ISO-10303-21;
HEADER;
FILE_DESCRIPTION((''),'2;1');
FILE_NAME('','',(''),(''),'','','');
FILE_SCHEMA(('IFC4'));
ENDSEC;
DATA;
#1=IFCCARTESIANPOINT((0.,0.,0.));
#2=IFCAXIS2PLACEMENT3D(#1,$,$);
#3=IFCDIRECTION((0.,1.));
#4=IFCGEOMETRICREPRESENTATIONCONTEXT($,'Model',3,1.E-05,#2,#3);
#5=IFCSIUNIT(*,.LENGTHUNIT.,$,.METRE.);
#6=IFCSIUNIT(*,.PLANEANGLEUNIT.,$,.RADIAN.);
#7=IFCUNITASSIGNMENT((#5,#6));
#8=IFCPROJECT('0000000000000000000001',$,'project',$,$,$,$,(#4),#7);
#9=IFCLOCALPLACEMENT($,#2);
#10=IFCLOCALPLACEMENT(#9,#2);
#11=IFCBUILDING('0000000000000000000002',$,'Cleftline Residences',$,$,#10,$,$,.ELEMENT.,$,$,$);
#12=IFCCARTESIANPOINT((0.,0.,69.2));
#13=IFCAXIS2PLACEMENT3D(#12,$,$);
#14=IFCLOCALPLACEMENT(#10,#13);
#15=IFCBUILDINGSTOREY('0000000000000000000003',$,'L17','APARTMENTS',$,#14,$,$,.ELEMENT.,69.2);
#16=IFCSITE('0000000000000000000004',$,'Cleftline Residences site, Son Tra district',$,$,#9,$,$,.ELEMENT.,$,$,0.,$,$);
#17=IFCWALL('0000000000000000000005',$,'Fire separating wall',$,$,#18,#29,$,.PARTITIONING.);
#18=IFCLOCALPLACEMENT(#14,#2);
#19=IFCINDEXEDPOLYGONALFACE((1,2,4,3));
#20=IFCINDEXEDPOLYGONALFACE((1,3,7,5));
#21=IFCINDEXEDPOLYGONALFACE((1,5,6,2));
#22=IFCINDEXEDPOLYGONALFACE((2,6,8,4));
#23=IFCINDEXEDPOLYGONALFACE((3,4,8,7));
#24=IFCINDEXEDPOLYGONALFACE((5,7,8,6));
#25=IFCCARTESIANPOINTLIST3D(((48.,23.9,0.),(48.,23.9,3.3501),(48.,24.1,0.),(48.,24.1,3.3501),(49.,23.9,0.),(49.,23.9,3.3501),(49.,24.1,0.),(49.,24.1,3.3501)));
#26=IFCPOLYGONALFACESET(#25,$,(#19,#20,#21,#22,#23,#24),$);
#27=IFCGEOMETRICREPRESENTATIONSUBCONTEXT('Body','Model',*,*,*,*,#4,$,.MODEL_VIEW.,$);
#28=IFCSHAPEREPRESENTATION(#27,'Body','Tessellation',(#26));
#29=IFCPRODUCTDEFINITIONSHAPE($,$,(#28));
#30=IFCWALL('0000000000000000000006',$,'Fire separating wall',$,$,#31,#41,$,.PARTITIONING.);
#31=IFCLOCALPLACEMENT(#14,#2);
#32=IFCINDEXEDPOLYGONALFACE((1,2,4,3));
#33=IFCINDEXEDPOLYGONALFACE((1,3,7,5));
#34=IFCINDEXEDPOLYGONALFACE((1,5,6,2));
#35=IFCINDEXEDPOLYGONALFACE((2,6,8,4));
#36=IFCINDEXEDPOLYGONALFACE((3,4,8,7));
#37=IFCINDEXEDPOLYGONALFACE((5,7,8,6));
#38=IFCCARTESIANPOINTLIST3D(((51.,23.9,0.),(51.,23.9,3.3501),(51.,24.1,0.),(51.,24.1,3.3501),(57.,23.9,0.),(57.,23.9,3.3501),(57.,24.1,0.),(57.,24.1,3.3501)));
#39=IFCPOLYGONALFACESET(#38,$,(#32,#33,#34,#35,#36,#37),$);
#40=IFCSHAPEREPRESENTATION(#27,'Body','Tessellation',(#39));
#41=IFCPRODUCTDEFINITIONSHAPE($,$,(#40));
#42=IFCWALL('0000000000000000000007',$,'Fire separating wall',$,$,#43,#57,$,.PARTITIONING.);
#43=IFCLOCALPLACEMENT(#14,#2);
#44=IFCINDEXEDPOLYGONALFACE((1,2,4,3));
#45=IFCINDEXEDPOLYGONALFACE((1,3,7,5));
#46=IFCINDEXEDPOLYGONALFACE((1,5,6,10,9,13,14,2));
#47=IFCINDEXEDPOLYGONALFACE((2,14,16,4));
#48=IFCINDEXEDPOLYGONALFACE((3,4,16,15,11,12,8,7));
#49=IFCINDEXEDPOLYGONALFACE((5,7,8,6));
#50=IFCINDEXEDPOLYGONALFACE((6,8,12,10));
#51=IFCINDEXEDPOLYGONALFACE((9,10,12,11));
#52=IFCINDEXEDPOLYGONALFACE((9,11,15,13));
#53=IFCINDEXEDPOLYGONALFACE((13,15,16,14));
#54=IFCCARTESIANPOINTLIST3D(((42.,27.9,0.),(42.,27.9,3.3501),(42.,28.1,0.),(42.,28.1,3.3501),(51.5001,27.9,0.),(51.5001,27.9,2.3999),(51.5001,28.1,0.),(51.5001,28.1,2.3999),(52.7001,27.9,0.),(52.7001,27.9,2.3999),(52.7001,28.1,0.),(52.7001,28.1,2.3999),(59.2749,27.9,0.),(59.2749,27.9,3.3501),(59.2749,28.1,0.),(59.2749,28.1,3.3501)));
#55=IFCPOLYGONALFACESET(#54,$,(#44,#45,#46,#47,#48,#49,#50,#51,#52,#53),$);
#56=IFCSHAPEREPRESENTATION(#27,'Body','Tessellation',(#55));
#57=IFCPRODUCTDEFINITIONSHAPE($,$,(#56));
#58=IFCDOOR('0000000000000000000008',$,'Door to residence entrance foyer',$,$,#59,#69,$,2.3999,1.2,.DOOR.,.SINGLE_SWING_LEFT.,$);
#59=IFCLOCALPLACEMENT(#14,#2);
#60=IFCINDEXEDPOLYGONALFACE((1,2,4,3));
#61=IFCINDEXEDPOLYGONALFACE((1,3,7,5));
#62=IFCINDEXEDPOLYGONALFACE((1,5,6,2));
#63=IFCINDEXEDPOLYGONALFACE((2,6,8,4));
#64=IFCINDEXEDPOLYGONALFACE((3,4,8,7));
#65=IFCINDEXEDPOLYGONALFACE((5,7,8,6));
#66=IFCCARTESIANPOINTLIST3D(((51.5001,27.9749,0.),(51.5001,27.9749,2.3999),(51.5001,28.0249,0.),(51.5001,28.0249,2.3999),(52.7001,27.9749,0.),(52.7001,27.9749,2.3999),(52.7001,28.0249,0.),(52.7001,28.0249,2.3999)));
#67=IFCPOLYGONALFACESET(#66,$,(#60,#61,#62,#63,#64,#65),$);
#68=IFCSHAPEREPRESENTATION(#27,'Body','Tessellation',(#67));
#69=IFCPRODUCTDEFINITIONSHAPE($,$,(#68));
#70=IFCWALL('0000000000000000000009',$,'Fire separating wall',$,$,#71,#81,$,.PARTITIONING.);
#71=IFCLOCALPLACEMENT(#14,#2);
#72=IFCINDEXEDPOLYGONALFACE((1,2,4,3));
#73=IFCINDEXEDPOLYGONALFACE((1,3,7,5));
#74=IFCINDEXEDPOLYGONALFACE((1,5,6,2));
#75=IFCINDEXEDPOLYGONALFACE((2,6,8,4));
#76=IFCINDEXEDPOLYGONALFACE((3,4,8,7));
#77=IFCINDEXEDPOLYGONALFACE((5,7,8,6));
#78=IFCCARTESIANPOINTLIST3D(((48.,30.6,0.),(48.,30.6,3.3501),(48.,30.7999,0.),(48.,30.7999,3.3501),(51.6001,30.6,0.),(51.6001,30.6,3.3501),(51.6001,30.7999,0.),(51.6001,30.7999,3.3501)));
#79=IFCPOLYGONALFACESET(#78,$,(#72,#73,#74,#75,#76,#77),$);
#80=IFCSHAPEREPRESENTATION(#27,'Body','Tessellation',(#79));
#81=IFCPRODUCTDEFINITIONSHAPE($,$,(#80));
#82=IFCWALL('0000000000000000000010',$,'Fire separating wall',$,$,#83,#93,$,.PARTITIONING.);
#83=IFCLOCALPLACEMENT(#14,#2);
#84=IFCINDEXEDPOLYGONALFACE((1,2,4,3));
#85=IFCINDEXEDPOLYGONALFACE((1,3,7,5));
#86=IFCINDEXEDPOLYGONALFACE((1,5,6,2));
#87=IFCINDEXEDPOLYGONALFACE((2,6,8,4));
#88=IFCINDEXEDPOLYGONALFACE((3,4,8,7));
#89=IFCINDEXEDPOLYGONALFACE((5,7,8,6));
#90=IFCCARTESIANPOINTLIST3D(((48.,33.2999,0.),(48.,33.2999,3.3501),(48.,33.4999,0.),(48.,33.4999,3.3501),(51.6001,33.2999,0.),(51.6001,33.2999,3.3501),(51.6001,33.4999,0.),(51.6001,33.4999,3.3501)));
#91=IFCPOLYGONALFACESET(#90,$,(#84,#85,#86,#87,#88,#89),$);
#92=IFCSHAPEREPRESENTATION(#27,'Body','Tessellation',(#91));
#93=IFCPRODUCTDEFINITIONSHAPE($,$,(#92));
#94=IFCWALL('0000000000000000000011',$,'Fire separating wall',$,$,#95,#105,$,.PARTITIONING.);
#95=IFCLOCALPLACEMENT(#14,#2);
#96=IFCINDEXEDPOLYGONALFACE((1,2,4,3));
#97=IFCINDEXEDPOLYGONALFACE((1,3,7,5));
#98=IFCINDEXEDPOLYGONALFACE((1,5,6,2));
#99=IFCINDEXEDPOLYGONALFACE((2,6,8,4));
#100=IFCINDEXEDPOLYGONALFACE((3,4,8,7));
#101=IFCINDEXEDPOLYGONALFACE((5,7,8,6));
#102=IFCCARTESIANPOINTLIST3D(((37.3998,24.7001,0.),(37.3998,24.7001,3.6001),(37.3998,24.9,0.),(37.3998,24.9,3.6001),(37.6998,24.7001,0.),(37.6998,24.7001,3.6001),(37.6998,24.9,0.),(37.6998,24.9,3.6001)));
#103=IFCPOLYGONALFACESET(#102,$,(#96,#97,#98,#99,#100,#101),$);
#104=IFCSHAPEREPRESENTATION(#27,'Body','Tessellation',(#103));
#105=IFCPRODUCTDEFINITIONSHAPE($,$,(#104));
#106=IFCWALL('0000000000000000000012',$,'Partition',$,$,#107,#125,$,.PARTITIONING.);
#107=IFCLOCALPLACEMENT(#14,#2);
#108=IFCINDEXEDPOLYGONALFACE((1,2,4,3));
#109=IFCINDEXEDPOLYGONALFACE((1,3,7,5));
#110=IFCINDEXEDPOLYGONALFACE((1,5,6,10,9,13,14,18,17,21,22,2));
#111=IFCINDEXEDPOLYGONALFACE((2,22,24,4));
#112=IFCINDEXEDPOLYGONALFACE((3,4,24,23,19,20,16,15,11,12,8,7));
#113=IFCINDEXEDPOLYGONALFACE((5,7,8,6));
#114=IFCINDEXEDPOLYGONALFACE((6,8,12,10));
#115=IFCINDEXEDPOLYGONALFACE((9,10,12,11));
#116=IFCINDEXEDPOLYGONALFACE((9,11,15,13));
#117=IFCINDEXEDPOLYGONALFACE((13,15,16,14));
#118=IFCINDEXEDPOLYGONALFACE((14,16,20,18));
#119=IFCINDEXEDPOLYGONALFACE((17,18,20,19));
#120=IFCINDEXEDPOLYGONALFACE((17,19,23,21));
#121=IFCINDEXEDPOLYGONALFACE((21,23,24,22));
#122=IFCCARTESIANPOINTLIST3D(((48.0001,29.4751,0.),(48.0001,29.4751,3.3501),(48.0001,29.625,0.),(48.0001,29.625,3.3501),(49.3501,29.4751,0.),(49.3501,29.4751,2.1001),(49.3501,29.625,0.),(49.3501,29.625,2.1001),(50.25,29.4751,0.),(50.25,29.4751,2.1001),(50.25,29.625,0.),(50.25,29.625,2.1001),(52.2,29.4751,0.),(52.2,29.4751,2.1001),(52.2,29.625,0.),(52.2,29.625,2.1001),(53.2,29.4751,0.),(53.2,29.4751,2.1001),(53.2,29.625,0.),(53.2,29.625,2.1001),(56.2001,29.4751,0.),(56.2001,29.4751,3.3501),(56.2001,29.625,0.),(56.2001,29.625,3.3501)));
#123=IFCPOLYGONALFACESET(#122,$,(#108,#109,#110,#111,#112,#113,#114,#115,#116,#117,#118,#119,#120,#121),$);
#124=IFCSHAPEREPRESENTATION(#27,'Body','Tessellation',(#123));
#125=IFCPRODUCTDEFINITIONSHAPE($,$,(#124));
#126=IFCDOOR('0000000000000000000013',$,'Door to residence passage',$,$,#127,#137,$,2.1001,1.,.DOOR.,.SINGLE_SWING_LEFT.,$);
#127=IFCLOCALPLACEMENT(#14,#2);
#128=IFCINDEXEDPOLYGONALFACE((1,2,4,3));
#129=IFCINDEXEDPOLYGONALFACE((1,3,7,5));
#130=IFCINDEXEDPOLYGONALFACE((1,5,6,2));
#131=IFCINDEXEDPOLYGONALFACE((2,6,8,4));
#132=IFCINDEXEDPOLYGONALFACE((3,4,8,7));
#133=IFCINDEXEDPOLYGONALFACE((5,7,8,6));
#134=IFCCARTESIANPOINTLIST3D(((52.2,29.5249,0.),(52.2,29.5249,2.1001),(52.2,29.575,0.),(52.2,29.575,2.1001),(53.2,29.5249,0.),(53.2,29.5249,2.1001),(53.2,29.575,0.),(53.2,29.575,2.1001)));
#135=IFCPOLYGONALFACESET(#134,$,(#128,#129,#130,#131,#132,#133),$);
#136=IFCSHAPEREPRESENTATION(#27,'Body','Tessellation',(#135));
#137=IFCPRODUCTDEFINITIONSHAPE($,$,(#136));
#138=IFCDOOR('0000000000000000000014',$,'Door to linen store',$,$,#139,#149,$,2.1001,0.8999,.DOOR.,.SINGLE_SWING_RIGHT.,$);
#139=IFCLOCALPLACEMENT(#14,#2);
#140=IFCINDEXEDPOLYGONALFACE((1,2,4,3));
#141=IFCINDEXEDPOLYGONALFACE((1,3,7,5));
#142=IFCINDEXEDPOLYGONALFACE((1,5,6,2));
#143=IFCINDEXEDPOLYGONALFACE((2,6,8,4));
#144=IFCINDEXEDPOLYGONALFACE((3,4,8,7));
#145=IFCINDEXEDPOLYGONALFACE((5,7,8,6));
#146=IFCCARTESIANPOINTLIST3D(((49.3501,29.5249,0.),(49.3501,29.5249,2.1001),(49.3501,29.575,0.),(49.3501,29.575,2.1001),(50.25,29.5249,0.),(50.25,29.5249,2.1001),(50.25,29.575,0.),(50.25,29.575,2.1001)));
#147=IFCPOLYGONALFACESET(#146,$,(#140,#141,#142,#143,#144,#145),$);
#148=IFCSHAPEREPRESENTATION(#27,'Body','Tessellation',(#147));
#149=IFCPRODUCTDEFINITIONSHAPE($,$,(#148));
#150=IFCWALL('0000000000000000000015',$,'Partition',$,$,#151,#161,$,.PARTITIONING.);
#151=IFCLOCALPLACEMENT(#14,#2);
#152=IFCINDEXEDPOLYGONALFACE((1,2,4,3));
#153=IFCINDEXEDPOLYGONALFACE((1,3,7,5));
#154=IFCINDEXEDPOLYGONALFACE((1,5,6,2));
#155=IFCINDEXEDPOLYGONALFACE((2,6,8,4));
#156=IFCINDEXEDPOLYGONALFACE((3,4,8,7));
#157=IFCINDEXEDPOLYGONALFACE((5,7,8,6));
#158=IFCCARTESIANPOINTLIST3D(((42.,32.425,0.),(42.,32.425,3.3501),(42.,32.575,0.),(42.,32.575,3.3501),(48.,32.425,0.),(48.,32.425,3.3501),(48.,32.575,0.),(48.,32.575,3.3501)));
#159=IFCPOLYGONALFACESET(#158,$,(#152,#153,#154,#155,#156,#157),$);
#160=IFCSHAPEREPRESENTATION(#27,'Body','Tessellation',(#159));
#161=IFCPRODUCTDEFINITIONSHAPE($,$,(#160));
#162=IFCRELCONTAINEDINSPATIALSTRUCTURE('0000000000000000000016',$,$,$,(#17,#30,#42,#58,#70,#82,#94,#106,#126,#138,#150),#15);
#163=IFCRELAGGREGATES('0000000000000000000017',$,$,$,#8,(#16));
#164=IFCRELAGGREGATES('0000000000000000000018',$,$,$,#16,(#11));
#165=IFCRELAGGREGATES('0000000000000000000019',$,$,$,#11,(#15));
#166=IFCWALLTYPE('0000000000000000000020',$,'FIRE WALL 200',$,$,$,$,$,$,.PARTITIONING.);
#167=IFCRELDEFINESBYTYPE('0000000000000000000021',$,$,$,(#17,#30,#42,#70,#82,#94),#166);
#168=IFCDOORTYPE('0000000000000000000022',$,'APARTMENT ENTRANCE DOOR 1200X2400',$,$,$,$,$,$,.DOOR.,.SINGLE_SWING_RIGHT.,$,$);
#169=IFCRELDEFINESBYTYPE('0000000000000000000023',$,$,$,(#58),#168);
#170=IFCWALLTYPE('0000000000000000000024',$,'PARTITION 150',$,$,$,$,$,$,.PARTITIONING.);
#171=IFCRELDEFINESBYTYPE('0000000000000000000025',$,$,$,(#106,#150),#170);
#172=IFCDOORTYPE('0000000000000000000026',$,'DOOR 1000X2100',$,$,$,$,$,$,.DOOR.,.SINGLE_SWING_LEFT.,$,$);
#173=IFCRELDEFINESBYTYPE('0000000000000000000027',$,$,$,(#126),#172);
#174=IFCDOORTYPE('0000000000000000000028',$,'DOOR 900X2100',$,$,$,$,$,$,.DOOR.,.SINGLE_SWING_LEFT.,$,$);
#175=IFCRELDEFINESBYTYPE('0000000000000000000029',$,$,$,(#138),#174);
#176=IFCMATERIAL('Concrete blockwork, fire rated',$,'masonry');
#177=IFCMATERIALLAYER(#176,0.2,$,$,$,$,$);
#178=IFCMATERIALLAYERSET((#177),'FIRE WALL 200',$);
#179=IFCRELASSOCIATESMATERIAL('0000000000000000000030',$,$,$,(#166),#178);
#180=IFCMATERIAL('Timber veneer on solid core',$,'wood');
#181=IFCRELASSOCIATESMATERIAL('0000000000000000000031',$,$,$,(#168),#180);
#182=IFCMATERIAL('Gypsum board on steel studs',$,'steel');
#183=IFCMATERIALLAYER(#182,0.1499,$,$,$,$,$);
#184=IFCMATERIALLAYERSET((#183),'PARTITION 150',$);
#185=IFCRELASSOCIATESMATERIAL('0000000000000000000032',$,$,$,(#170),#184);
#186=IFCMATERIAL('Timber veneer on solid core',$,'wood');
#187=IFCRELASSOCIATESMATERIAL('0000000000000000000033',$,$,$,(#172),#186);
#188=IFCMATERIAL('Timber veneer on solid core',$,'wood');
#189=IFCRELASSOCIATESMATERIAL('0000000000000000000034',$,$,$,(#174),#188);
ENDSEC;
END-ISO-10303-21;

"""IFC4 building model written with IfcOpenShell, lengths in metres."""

from ifc_helpers import new_model, si_unit, direction, frame, frame_2d, origin, place, context, subcontext, project, spatial, rectangle, extrude, material, layer, layer_set, type_object, element, fill, save


model = new_model("IFC4")

# Units and contexts
model_context = context("Model", 3, precision=1e-05, world=origin(), true_north=direction((0.0, 1.0)))
body_context = subcontext(model_context, "Body", "Model", "MODEL_VIEW")
ifc_project = project(units=[si_unit("LENGTHUNIT", "METRE"), si_unit("PLANEANGLEUNIT", "RADIAN")], contexts=[model_context])

# Site, building, storey
site_placement = place(None, origin())
site = spatial("IfcSite", under=ifc_project, at=site_placement, Name="Cleftline Residences site, Son Tra district", CompositionType="ELEMENT", RefElevation=0.0)
building_placement = place(site_placement, origin())
building = spatial("IfcBuilding", under=site, at=building_placement, Name="Cleftline Residences", CompositionType="ELEMENT")
storey_placement = place(building_placement, frame((0.0, 0.0, 69.2)))
storey = spatial("IfcBuildingStorey", under=building, at=storey_placement, Name="L17", Description="APARTMENTS", CompositionType="ELEMENT", Elevation=69.2)

# Walls
ifc_material_1 = material(Name="Concrete blockwork, fire rated", Category="masonry")
ifc_layer_1 = layer(ifc_material_1, 0.2)
ifc_layer_set_1 = layer_set([ifc_layer_1], Name="FIRE WALL 200")
wall_type_1 = type_object("IfcWallType", Name="FIRE WALL 200", PredefinedType="PARTITIONING", material=ifc_layer_set_1)
wall_1_placement = place(storey_placement, frame((48.0, 24.0, 0.0), z_axis=(0.0, 0.0, 1.0), x_axis=(1.0, 0.0, 0.0)))
element("IfcWall", 1, at=wall_1_placement, inside=storey, type_object=wall_type_1, Name="Fire separating wall", PredefinedType="PARTITIONING", context=body_context, shape_type="SweptSolid", body=[
    extrude(rectangle(XDim=1.0, YDim=0.2, at=frame_2d((0.5, 0.0))), origin(), (0.0, 0.0, 1.0), 3.3501),
])
wall_2_placement = place(storey_placement, frame((51.0, 24.0, 0.0), z_axis=(0.0, 0.0, 1.0), x_axis=(1.0, 0.0, 0.0)))
element("IfcWall", 2, at=wall_2_placement, inside=storey, type_object=wall_type_1, Name="Fire separating wall", PredefinedType="PARTITIONING", context=body_context, shape_type="SweptSolid", body=[
    extrude(rectangle(XDim=6.0, YDim=0.2, at=frame_2d((3.0, 0.0))), origin(), (0.0, 0.0, 1.0), 3.3501),
])

# Wall, opening, door
wall_3_placement = place(storey_placement, frame((42.0, 28.0, 0.0), z_axis=(0.0, 0.0, 1.0), x_axis=(1.0, 0.0, 0.0)))
wall_3 = element("IfcWall", 3, at=wall_3_placement, inside=storey, type_object=wall_type_1, Name="Fire separating wall", PredefinedType="PARTITIONING", context=body_context, shape_type="SweptSolid", body=[
    extrude(rectangle(XDim=17.2749, YDim=0.2, at=frame_2d((8.6375, 0.0))), origin(), (0.0, 0.0, 1.0), 3.3501),
])
opening_1_placement = place(wall_3_placement, frame((9.5, 0.0, 0.0)))
opening_1 = element("IfcOpeningElement", 4, at=opening_1_placement, cuts=wall_3, PredefinedType="OPENING", context=body_context, shape_type="SweptSolid", body=[
    extrude(rectangle(XDim=1.2, YDim=2.3999, at=frame_2d((0.6001, 1.2))), frame((0.0, 0.1099, 0.0), z_axis=(0.0, -1.0, 0.0), x_axis=(1.0, 0.0, 0.0)), (0.0, 0.0, 1.0), 0.22),
])
ifc_material_2 = material(Name="Timber veneer on solid core", Category="wood")
door_type_1 = type_object("IfcDoorType", Name="APARTMENT ENTRANCE DOOR 1200X2400", OperationType="SINGLE_SWING_RIGHT", PredefinedType="DOOR", material=ifc_material_2)
door_1_placement = place(opening_1_placement, origin())
door_1 = element("IfcDoor", 5, at=door_1_placement, inside=storey, type_object=door_type_1, Name="Door to residence entrance foyer", OperationType="SINGLE_SWING_LEFT", OverallHeight=2.3999, OverallWidth=1.2, PredefinedType="DOOR", context=body_context, shape_type="SweptSolid", body=[
    extrude(rectangle(XDim=1.2, YDim=2.3999, at=frame_2d((0.6001, 1.2))), frame((0.0, 0.0249, 0.0), z_axis=(0.0, -1.0, 0.0), x_axis=(1.0, 0.0, 0.0)), (0.0, 0.0, 1.0), 0.05),
])
fill(opening_1, door_1)

# Walls
for number, where, z_axis, x_axis, name in (
    (6, (48.0, 30.7, 0.0), (0.0, 0.0, 1.0), (1.0, 0.0, 0.0), "Fire separating wall"),
    (7, (48.0, 33.3999, 0.0), (0.0, 0.0, 1.0), (1.0, 0.0, 0.0), "Fire separating wall"),
):
    element("IfcWall", number, at=place(storey_placement, frame(where, z_axis=z_axis, x_axis=x_axis)), inside=storey, type_object=wall_type_1, Name=name, PredefinedType="PARTITIONING", context=body_context, shape_type="SweptSolid", body=[
        extrude(rectangle(XDim=3.6001, YDim=0.2, at=frame_2d((1.8, 0.0))), origin(), (0.0, 0.0, 1.0), 3.3501),
    ])
wall_4_placement = place(storey_placement, frame((37.3999, 24.8, 0.0), z_axis=(0.0, 0.0, 1.0), x_axis=(1.0, 0.0, 0.0)))
element("IfcWall", 8, at=wall_4_placement, inside=storey, type_object=wall_type_1, Name="Fire separating wall", PredefinedType="PARTITIONING", context=body_context, shape_type="SweptSolid", body=[
    extrude(rectangle(XDim=0.3, YDim=0.2, at=frame_2d((0.1499, 0.0))), origin(), (0.0, 0.0, 1.0), 3.6001),
])

# Wall, openings, doors
ifc_material_3 = material(Name="Gypsum board on steel studs", Category="steel")
ifc_layer_2 = layer(ifc_material_3, 0.1499)
ifc_layer_set_2 = layer_set([ifc_layer_2], Name="PARTITION 150")
wall_type_2 = type_object("IfcWallType", Name="PARTITION 150", PredefinedType="PARTITIONING", material=ifc_layer_set_2)
wall_5_placement = place(storey_placement, frame((48.0, 29.55, 0.0), z_axis=(0.0, 0.0, 1.0), x_axis=(1.0, 0.0, 0.0)))
wall_5 = element("IfcWall", 9, at=wall_5_placement, inside=storey, type_object=wall_type_2, Name="Partition", PredefinedType="PARTITIONING", context=body_context, shape_type="SweptSolid", body=[
    extrude(rectangle(XDim=8.2, YDim=0.1499, at=frame_2d((4.1001, 0.0))), origin(), (0.0, 0.0, 1.0), 3.3501),
])
opening_2_placement = place(wall_5_placement, frame((4.2, 0.0, 0.0)))
opening_2 = element("IfcOpeningElement", 10, at=opening_2_placement, cuts=wall_5, PredefinedType="OPENING", context=body_context, shape_type="SweptSolid", body=[
    extrude(rectangle(XDim=1.0, YDim=2.1001, at=frame_2d((0.5, 1.05))), frame((0.0, 0.085, 0.0), z_axis=(0.0, -1.0, 0.0), x_axis=(1.0, 0.0, 0.0)), (0.0, 0.0, 1.0), 0.1699),
])
opening_3_placement = place(wall_5_placement, frame((1.3501, 0.0, 0.0)))
opening_3 = element("IfcOpeningElement", 11, at=opening_3_placement, cuts=wall_5, PredefinedType="OPENING", context=body_context, shape_type="SweptSolid", body=[
    extrude(rectangle(XDim=0.8999, YDim=2.1001, at=frame_2d((0.45, 1.05))), frame((0.0, 0.085, 0.0), z_axis=(0.0, -1.0, 0.0), x_axis=(1.0, 0.0, 0.0)), (0.0, 0.0, 1.0), 0.1699),
])
ifc_material_4 = material(Name="Timber veneer on solid core", Category="wood")
door_type_2 = type_object("IfcDoorType", Name="DOOR 1000X2100", OperationType="SINGLE_SWING_LEFT", PredefinedType="DOOR", material=ifc_material_4)
door_2_placement = place(opening_2_placement, origin())
door_2 = element("IfcDoor", 12, at=door_2_placement, inside=storey, type_object=door_type_2, Name="Door to residence passage", OperationType="SINGLE_SWING_LEFT", OverallHeight=2.1001, OverallWidth=1.0, PredefinedType="DOOR", context=body_context, shape_type="SweptSolid", body=[
    extrude(rectangle(XDim=1.0, YDim=2.1001, at=frame_2d((0.5, 1.05))), frame((0.0, 0.0249, 0.0), z_axis=(0.0, -1.0, 0.0), x_axis=(1.0, 0.0, 0.0)), (0.0, 0.0, 1.0), 0.05),
])
fill(opening_2, door_2)
ifc_material_5 = material(Name="Timber veneer on solid core", Category="wood")
door_type_3 = type_object("IfcDoorType", Name="DOOR 900X2100", OperationType="SINGLE_SWING_LEFT", PredefinedType="DOOR", material=ifc_material_5)
door_3_placement = place(opening_3_placement, origin())
door_3 = element("IfcDoor", 13, at=door_3_placement, inside=storey, type_object=door_type_3, Name="Door to linen store", OperationType="SINGLE_SWING_RIGHT", OverallHeight=2.1001, OverallWidth=0.8999, PredefinedType="DOOR", context=body_context, shape_type="SweptSolid", body=[
    extrude(rectangle(XDim=0.8999, YDim=2.1001, at=frame_2d((0.45, 1.05))), frame((0.0, 0.0249, 0.0), z_axis=(0.0, -1.0, 0.0), x_axis=(1.0, 0.0, 0.0)), (0.0, 0.0, 1.0), 0.05),
])
fill(opening_3, door_3)

# Wall
wall_6_placement = place(storey_placement, frame((42.0, 32.5, 0.0), z_axis=(0.0, 0.0, 1.0), x_axis=(1.0, 0.0, 0.0)))
element("IfcWall", 14, at=wall_6_placement, inside=storey, type_object=wall_type_2, Name="Partition", PredefinedType="PARTITIONING", context=body_context, shape_type="SweptSolid", body=[
    extrude(rectangle(XDim=6.0, YDim=0.1499, at=frame_2d((3.0, 0.0))), origin(), (0.0, 0.0, 1.0), 3.3501),
])

save(model, "model.ifc")
